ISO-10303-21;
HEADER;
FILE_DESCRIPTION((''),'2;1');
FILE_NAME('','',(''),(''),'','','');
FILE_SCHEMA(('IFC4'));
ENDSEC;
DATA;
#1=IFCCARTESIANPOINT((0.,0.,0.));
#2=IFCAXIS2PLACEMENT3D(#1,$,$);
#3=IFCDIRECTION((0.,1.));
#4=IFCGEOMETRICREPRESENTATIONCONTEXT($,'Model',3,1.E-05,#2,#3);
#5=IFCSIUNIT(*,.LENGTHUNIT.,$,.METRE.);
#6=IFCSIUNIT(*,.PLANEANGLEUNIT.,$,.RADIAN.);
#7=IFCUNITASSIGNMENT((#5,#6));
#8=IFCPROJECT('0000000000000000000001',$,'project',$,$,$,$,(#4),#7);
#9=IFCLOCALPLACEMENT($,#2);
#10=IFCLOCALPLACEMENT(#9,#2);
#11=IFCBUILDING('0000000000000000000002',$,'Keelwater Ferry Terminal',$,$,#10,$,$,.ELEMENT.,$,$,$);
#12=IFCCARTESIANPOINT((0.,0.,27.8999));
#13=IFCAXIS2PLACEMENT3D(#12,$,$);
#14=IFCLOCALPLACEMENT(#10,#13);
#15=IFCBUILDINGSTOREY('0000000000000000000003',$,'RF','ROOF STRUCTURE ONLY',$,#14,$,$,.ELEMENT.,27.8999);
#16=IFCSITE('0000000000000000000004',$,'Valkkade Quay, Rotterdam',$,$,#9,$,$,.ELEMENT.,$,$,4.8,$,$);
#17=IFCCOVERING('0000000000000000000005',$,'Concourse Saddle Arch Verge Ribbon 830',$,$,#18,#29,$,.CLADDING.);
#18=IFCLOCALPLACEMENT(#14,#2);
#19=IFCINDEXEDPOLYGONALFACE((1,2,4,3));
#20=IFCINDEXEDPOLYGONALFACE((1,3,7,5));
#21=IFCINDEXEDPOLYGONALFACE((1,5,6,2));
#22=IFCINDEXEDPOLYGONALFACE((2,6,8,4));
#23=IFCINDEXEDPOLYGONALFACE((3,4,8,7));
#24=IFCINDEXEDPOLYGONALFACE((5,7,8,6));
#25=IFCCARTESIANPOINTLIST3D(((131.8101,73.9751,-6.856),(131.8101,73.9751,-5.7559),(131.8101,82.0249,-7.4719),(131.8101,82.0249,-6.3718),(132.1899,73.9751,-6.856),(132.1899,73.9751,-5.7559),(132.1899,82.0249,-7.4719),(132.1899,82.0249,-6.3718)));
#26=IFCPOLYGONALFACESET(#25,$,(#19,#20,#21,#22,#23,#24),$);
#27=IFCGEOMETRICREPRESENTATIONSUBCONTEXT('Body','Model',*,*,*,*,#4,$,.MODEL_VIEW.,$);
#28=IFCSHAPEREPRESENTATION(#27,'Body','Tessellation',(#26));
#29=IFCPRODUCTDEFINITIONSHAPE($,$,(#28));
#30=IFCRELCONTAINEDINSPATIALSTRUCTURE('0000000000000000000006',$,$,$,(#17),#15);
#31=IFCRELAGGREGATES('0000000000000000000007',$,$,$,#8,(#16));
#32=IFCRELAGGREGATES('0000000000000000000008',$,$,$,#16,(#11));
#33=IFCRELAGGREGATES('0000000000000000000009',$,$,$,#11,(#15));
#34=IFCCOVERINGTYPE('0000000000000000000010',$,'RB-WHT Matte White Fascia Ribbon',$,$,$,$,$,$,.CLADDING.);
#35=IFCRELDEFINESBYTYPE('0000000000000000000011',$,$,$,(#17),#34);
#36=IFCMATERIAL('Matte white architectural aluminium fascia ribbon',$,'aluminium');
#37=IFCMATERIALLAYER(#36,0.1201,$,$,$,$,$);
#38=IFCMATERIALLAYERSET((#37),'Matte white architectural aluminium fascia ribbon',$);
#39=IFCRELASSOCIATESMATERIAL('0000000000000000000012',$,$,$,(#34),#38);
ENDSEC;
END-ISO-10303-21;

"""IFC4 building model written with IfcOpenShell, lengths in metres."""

from ifc_helpers import new_model, si_unit, direction, frame, origin, place, context, subcontext, project, spatial, polyline, outline, extrude, material, layer, layer_set, type_object, element, save


model = new_model("IFC4")

# Units and contexts
model_context = context("Model", 3, precision=1e-05, world=origin(), true_north=direction((0.0, 1.0)))
body_context = subcontext(model_context, "Body", "Model", "MODEL_VIEW")
ifc_project = project(units=[si_unit("LENGTHUNIT", "METRE"), si_unit("PLANEANGLEUNIT", "RADIAN")], contexts=[model_context])

# Site, building, storey
site_placement = place(None, origin())
site = spatial("IfcSite", under=ifc_project, at=site_placement, Name="Valkkade Quay, Rotterdam", CompositionType="ELEMENT", RefElevation=4.8)
building_placement = place(site_placement, origin())
building = spatial("IfcBuilding", under=site, at=building_placement, Name="Keelwater Ferry Terminal", CompositionType="ELEMENT")
storey_placement = place(building_placement, frame((0.0, 0.0, 27.8999)))
storey = spatial("IfcBuildingStorey", under=building, at=storey_placement, Name="RF", Description="ROOF STRUCTURE ONLY", CompositionType="ELEMENT", Elevation=27.8999)

# Covering
ifc_material_1 = material(Name="Matte white architectural aluminium fascia ribbon", Category="aluminium")
ifc_layer_1 = layer(ifc_material_1, 0.1201)
ifc_layer_set_1 = layer_set([ifc_layer_1], Name="Matte white architectural aluminium fascia ribbon")
covering_type = type_object("IfcCoveringType", Name="RB-WHT Matte White Fascia Ribbon", PredefinedType="CLADDING", material=ifc_layer_set_1)
covering_placement = place(storey_placement, frame((132.0, 73.9751, -7.4719), z_axis=(0.0, 0.0, 1.0), x_axis=(0.0, 1.0, 0.0)))
element("IfcCovering", 1, at=covering_placement, inside=storey, type_object=covering_type, Name="Concourse Saddle Arch Verge Ribbon 830", PredefinedType="CLADDING", context=body_context, shape_type="SweptSolid", body=[
    extrude(outline(polyline([(0.0, 0.616), (8.0498, 0.0), (8.0498, 1.1001), (0.0, 1.7161), (0.0, 0.616)])), frame((0.0, 0.1899, 0.0), z_axis=(0.0, -1.0, 0.0), x_axis=(1.0, 0.0, 0.0)), (0.0, 0.0, 1.0), 0.3799),
])

save(model, "model.ifc")
